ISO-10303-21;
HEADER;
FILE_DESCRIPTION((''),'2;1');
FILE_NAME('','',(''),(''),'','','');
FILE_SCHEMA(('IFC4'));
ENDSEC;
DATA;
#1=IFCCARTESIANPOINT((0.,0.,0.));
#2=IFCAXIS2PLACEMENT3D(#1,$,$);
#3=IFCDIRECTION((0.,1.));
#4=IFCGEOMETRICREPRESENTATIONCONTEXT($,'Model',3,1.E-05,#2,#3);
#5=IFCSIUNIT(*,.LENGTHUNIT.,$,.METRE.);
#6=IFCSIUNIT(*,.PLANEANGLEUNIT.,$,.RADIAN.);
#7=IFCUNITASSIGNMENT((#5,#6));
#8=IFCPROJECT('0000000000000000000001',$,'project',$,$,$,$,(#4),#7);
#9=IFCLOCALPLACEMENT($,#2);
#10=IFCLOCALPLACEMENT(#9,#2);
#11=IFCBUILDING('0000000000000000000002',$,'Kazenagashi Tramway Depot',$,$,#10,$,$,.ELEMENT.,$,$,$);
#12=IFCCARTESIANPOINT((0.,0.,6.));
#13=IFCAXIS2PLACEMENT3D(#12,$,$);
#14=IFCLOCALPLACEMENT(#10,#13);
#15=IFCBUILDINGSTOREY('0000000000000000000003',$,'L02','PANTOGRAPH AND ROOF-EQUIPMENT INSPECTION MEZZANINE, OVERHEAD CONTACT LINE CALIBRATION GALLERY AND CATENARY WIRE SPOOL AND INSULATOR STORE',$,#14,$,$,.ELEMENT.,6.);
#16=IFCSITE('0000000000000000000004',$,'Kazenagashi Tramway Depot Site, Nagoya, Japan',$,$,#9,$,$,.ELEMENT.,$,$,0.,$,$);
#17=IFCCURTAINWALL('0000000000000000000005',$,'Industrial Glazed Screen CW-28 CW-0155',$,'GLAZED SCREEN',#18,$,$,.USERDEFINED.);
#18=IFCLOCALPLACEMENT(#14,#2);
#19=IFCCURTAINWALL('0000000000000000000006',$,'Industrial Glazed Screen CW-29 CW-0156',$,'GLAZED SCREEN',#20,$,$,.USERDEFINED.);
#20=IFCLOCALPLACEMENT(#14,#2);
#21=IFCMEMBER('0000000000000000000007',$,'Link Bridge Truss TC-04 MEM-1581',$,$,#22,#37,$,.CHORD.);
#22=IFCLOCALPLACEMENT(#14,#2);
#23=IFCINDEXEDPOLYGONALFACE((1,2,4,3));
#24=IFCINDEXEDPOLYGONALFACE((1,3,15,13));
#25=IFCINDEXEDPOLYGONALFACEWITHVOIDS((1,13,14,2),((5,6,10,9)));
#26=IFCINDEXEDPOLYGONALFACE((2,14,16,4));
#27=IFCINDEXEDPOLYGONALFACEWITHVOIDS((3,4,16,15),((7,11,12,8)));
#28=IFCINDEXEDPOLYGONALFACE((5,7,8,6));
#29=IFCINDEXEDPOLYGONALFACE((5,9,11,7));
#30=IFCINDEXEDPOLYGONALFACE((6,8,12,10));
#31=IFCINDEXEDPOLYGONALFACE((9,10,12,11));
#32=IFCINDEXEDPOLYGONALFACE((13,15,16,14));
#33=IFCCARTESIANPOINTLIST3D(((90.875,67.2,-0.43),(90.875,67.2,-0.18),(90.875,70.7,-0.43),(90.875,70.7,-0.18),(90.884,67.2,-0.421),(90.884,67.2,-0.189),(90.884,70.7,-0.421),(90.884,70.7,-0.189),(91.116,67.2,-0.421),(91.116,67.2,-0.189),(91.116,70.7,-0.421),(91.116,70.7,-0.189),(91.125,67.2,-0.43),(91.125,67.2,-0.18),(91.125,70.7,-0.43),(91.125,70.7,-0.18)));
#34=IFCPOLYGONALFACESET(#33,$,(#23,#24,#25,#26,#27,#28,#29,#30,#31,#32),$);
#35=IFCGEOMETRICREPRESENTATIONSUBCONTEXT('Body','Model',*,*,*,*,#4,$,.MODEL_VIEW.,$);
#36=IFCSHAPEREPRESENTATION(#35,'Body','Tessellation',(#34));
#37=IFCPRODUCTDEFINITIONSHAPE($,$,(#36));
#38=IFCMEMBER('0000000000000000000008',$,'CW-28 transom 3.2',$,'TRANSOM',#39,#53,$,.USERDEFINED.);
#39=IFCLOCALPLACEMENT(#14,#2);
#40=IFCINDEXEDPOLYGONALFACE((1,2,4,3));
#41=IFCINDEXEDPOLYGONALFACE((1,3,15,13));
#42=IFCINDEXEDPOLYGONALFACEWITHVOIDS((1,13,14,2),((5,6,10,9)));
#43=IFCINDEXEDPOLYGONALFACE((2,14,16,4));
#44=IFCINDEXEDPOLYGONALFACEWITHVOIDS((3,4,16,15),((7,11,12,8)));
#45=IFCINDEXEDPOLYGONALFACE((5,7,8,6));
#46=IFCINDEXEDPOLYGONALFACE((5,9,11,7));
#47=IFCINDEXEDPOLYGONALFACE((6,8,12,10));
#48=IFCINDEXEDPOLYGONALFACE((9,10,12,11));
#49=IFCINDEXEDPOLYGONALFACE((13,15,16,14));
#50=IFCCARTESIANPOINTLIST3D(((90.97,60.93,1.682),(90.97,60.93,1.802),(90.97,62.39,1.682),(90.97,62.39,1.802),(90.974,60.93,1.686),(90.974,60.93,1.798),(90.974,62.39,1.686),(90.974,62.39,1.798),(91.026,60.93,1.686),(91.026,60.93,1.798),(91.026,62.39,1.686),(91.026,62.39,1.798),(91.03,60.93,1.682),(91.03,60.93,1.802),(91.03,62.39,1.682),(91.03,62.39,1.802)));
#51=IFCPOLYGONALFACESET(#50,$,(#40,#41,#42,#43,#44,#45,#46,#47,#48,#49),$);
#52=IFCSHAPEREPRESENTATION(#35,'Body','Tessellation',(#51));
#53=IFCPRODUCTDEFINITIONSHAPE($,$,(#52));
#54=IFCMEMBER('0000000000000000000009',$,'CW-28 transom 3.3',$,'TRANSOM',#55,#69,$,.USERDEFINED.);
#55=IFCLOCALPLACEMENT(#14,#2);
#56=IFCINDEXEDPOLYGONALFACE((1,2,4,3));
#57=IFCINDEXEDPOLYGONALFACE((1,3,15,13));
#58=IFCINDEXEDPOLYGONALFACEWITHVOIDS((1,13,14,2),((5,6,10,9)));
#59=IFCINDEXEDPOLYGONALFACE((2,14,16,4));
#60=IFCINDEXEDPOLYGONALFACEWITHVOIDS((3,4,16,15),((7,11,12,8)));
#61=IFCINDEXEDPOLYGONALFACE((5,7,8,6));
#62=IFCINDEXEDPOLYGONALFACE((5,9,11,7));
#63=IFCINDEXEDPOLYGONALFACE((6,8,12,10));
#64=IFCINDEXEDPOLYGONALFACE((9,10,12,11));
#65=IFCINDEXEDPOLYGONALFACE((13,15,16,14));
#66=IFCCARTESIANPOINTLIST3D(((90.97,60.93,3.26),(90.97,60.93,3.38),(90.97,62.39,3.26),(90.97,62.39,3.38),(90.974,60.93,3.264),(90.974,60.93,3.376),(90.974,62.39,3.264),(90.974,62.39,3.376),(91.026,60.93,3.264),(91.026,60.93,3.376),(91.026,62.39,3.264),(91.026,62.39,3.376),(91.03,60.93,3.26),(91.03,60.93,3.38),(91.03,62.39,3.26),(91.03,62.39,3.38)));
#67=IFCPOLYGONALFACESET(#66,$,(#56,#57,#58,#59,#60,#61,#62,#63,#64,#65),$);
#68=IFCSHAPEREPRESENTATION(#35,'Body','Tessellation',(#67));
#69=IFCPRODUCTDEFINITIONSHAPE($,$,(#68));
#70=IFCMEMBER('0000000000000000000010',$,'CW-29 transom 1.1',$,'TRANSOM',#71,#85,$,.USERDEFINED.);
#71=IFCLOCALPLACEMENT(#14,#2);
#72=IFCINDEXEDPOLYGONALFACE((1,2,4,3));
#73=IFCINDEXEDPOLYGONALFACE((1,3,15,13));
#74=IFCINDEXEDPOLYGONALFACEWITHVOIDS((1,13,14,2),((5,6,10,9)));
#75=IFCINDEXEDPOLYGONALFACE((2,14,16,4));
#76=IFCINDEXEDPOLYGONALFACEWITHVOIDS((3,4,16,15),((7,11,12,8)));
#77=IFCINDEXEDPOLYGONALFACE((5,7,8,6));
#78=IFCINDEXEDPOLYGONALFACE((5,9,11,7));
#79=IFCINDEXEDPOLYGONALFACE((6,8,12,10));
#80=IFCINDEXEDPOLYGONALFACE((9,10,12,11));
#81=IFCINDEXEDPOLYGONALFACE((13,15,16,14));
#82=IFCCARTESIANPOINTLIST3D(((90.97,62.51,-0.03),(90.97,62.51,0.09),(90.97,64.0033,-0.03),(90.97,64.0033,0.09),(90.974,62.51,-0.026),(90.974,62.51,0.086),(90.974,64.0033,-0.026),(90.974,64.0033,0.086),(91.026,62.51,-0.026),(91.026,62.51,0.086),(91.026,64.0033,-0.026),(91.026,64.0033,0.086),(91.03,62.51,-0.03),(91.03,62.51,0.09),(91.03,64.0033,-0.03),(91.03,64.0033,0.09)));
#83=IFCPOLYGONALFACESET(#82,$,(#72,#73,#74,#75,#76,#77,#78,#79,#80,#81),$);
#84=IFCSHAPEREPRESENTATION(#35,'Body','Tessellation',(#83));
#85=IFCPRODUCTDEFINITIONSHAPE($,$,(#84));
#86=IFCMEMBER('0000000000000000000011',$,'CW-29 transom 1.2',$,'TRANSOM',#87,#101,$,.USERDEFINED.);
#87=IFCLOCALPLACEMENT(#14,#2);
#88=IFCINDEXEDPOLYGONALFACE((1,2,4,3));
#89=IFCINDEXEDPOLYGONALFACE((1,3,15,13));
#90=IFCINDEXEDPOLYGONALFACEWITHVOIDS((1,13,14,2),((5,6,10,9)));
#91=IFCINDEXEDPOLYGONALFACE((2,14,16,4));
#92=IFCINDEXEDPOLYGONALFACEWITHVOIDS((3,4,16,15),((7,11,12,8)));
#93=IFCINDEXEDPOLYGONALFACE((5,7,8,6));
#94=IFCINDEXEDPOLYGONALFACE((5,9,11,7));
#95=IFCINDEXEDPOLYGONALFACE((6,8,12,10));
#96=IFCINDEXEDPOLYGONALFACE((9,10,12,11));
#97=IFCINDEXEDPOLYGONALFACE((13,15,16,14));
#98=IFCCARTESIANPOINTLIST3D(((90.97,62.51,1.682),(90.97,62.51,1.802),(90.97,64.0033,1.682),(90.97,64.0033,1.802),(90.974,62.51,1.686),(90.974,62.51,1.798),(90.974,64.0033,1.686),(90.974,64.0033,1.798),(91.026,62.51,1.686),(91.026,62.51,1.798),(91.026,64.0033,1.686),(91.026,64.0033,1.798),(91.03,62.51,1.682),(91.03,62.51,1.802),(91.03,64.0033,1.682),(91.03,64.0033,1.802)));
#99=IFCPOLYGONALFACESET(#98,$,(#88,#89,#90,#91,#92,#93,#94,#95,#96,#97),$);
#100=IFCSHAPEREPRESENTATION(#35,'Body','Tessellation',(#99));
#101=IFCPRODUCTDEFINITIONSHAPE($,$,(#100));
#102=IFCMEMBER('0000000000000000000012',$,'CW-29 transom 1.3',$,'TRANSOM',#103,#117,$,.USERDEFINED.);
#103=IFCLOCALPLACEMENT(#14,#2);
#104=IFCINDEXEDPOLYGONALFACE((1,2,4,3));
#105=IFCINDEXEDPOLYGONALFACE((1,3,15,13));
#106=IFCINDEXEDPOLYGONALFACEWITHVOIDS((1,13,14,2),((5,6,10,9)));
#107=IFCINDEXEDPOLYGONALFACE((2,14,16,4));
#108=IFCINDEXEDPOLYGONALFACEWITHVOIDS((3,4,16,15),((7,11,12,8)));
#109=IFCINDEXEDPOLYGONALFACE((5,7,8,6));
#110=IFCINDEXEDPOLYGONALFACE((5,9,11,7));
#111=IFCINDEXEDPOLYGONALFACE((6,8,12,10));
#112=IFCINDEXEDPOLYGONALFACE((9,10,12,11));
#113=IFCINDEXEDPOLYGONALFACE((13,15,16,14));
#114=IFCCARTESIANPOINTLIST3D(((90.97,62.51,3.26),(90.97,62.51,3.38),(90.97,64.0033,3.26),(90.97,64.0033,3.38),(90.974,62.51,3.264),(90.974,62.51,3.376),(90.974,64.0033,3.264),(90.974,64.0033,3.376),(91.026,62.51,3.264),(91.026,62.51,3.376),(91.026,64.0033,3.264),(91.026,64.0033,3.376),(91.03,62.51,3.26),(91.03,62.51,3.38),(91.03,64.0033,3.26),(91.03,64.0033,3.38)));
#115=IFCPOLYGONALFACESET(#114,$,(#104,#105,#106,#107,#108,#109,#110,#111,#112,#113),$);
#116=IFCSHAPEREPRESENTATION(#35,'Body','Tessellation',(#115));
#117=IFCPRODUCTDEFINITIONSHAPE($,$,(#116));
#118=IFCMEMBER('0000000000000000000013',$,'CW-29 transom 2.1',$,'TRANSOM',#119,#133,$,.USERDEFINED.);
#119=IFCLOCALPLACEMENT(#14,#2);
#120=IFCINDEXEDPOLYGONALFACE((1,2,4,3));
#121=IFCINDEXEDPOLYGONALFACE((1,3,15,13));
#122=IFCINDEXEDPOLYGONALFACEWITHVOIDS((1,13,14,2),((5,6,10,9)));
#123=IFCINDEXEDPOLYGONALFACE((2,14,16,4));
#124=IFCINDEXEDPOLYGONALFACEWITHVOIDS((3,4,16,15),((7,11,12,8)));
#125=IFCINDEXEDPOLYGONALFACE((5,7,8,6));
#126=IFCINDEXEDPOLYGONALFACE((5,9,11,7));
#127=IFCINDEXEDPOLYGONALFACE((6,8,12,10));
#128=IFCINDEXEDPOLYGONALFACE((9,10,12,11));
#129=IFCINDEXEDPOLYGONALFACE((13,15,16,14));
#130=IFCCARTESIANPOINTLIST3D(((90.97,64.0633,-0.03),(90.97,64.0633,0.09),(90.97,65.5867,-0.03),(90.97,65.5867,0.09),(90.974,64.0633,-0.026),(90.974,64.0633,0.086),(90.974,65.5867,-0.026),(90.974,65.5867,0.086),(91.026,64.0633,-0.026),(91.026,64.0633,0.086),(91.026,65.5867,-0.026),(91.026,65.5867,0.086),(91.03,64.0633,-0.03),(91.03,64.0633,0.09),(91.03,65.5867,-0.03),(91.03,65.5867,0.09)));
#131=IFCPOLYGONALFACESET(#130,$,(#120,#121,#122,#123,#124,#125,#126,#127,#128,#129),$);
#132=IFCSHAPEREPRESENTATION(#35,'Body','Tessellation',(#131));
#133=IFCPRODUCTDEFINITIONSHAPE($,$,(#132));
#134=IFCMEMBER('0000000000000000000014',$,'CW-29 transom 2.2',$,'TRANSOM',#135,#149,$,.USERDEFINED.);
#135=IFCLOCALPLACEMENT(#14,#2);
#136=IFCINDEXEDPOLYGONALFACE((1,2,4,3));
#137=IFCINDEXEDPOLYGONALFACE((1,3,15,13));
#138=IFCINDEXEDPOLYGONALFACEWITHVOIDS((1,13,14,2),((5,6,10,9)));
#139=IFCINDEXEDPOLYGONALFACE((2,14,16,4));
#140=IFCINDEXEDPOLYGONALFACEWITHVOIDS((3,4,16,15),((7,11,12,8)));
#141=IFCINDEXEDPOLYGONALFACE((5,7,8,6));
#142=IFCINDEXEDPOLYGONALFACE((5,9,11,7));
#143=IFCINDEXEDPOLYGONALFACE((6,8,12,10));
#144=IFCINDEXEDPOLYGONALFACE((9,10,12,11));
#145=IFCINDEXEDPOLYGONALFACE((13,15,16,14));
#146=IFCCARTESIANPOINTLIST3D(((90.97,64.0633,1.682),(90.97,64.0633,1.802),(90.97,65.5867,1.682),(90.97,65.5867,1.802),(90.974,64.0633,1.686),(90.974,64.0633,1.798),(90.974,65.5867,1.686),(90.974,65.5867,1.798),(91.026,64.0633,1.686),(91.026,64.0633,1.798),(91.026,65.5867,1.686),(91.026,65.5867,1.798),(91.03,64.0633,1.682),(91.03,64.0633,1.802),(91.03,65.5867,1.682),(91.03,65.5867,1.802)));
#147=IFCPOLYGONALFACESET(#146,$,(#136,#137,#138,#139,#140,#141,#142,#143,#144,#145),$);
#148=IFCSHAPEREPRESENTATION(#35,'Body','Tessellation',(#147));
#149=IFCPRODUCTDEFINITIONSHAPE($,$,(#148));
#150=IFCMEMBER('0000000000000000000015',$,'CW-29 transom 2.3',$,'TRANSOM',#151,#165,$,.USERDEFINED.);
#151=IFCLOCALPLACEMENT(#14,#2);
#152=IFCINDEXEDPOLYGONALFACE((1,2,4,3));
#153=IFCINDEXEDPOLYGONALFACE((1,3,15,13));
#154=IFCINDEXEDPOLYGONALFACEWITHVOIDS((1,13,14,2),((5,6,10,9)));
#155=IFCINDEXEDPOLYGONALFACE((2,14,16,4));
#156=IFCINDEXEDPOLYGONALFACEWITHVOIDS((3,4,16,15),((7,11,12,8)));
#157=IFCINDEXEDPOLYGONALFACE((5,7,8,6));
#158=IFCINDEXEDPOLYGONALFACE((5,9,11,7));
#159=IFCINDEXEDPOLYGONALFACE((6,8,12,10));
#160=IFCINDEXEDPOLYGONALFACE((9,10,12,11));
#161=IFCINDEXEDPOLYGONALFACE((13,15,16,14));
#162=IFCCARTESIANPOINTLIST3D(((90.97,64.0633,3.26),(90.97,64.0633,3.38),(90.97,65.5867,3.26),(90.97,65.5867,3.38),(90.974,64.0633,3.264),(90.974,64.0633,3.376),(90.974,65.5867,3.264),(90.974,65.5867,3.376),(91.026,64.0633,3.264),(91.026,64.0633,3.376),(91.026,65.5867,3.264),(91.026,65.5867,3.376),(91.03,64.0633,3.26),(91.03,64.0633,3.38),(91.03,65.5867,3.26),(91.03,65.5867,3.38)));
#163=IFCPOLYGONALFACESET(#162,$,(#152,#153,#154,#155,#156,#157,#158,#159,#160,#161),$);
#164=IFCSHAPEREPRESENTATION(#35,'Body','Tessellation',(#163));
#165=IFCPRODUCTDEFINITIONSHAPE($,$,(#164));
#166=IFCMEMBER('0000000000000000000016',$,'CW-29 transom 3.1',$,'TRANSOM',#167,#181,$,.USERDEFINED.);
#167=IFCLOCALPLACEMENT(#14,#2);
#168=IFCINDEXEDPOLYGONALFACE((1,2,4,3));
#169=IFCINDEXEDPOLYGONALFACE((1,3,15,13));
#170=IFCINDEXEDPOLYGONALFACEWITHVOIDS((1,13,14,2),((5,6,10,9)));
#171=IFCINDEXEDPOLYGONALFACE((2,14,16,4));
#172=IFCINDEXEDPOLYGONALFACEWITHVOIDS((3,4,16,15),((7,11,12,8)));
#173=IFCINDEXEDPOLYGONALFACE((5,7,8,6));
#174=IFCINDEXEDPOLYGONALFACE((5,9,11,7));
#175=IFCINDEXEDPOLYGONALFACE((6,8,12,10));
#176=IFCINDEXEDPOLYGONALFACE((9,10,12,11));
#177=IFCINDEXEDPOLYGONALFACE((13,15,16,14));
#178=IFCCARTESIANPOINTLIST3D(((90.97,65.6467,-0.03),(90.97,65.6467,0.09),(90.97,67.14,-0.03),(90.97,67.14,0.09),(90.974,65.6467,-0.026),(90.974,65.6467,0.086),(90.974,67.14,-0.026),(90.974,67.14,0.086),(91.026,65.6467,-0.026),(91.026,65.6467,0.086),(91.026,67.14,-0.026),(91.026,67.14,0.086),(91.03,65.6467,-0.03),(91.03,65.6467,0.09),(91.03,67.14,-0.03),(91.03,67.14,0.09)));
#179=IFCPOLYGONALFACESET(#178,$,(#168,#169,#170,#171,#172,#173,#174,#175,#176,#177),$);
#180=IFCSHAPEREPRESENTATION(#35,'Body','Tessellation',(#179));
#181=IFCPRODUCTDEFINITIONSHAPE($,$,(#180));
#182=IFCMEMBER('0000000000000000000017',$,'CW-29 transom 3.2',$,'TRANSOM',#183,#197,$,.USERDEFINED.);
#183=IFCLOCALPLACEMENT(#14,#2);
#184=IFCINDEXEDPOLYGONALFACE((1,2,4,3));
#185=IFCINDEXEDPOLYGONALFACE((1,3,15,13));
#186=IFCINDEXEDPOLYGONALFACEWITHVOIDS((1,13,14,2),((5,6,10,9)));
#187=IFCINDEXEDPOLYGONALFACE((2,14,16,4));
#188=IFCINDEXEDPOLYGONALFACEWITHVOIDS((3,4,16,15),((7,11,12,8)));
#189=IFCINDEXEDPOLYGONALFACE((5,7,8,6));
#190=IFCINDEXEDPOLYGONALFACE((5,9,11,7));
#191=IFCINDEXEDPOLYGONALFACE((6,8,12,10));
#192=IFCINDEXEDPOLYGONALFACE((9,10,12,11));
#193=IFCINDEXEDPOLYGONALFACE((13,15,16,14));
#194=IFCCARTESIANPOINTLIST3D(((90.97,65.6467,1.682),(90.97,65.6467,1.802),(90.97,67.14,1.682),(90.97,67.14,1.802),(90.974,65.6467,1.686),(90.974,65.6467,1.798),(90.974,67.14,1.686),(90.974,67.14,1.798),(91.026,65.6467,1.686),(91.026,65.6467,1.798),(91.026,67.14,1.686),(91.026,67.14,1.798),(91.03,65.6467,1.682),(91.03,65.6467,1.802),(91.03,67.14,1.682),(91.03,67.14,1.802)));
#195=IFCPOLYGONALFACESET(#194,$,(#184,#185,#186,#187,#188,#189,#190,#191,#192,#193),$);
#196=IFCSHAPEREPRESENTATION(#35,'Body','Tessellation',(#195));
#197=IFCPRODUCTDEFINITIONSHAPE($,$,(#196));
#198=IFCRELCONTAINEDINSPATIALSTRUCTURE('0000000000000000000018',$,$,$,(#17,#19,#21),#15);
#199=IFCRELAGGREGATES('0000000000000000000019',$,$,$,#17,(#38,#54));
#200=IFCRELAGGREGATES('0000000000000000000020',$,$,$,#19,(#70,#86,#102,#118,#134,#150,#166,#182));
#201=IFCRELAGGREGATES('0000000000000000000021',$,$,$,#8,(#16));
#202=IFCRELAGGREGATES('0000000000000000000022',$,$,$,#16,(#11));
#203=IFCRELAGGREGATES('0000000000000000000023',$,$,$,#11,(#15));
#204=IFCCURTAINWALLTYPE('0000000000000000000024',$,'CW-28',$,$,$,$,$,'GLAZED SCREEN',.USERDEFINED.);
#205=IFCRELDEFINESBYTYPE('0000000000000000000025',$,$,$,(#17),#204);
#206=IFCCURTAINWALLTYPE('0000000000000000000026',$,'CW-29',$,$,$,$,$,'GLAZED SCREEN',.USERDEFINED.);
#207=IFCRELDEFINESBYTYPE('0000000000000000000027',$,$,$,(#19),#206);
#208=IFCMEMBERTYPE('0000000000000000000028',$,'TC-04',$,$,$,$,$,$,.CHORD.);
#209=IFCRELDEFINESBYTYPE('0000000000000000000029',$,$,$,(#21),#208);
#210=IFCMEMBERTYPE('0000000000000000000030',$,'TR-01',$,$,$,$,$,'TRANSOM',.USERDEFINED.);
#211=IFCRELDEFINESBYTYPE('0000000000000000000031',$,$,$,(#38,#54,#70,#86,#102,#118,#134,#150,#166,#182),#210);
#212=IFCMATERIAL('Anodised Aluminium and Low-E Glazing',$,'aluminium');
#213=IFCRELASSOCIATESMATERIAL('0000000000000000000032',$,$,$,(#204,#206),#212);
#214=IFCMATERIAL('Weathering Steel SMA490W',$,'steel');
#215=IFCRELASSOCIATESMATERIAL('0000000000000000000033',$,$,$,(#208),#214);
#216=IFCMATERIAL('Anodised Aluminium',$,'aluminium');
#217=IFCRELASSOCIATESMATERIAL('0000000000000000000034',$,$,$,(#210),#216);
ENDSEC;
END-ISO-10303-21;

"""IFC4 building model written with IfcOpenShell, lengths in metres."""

from ifc_helpers import new_model, si_unit, direction, frame, origin, origin_2d, place, context, subcontext, project, spatial, hollow_rectangle, extrude, material, material_profile, profile_set, type_object, element, aggregate, save


model = new_model("IFC4")

# Units and contexts
model_context = context("Model", 3, precision=1e-05, world=origin(), true_north=direction((0.0, 1.0)))
body_context = subcontext(model_context, "Body", "Model", "MODEL_VIEW")
ifc_project = project(units=[si_unit("LENGTHUNIT", "METRE"), si_unit("PLANEANGLEUNIT", "RADIAN")], contexts=[model_context])

# Site, building, storey
site_placement = place(None, origin())
site = spatial("IfcSite", under=ifc_project, at=site_placement, Name="Kazenagashi Tramway Depot Site, Nagoya, Japan", CompositionType="ELEMENT", RefElevation=0.0)
building_placement = place(site_placement, origin())
building = spatial("IfcBuilding", under=site, at=building_placement, Name="Kazenagashi Tramway Depot", CompositionType="ELEMENT")
storey_placement = place(building_placement, frame((0.0, 0.0, 6.0)))
storey = spatial("IfcBuildingStorey", under=building, at=storey_placement, Name="L02", Description="PANTOGRAPH AND ROOF-EQUIPMENT INSPECTION MEZZANINE, OVERHEAD CONTACT LINE CALIBRATION GALLERY AND CATENARY WIRE SPOOL AND INSULATOR STORE", CompositionType="ELEMENT", Elevation=6.0)

# Shared definitions
ifc_material_1 = material(Name="Weathering Steel SMA490W", Category="steel")

# Curtain wall
ifc_material_2 = material(Name="Anodised Aluminium and Low-E Glazing", Category="aluminium")
curtain_wall_type_1 = type_object("IfcCurtainWallType", Name="CW-28", ElementType="GLAZED SCREEN", PredefinedType="USERDEFINED", material=ifc_material_2)
curtain_wall_1_placement = place(storey_placement, origin())
curtain_wall_1 = element("IfcCurtainWall", 1, at=curtain_wall_1_placement, inside=storey, type_object=curtain_wall_type_1, Name="Industrial Glazed Screen CW-28 CW-0155", ObjectType="GLAZED SCREEN", PredefinedType="USERDEFINED")
ifc_material_3 = material(Name="Anodised Aluminium", Category="aluminium")

# Curtain wall
curtain_wall_type_2 = type_object("IfcCurtainWallType", Name="CW-29", ElementType="GLAZED SCREEN", PredefinedType="USERDEFINED", material=ifc_material_2)
curtain_wall_2_placement = place(storey_placement, origin())
curtain_wall_2 = element("IfcCurtainWall", 2, at=curtain_wall_2_placement, inside=storey, type_object=curtain_wall_type_2, Name="Industrial Glazed Screen CW-29 CW-0156", ObjectType="GLAZED SCREEN", PredefinedType="USERDEFINED")

# Member
ifc_material_profile_1 = material_profile(ifc_material_1, hollow_rectangle(XDim=0.25, YDim=0.25, WallThickness=0.009, at=origin_2d()), Name="SHS-250x250x9")
ifc_profile_set_1 = profile_set([ifc_material_profile_1], Name="Weathering Steel SMA490W")
member_type_1 = type_object("IfcMemberType", Name="TC-04", PredefinedType="CHORD", material=ifc_profile_set_1)
member_1_placement = place(storey_placement, frame((91.0, 67.2, -0.305), z_axis=(0.0, 1.0, 0.0), x_axis=(-1.0, 0.0, 0.0)))
element("IfcMember", 3, at=member_1_placement, inside=storey, type_object=member_type_1, Name="Link Bridge Truss TC-04 MEM-1581", PredefinedType="CHORD", context=body_context, shape_type="SweptSolid", body=[
    extrude(hollow_rectangle(XDim=0.25, YDim=0.25, WallThickness=0.009, at=origin_2d()), origin(), (0.0, 0.0, 1.0), 3.5),
])

# Members
ifc_material_profile_2 = material_profile(ifc_material_3, hollow_rectangle(XDim=0.06, YDim=0.12, WallThickness=0.004, at=origin_2d()), Name="RHS-120x60x4")
ifc_profile_set_2 = profile_set([ifc_material_profile_2], Name="Anodised Aluminium")
member_type_2 = type_object("IfcMemberType", Name="TR-01", ElementType="TRANSOM", PredefinedType="USERDEFINED", material=ifc_profile_set_2)
member_2_placement = place(storey_placement, frame((91.0, 60.93, 1.742), z_axis=(0.0, 1.0, 0.0), x_axis=(-1.0, 0.0, 0.0)))
member_2 = element("IfcMember", 4, at=member_2_placement, type_object=member_type_2, Name="CW-28 transom 3.2", ObjectType="TRANSOM", PredefinedType="USERDEFINED", context=body_context, shape_type="SweptSolid", body=[
    extrude(hollow_rectangle(XDim=0.06, YDim=0.12, WallThickness=0.004, at=origin_2d()), origin(), (0.0, 0.0, 1.0), 1.46),
])
member_3_placement = place(storey_placement, frame((91.0, 60.93, 3.32), z_axis=(0.0, 1.0, 0.0), x_axis=(-1.0, 0.0, 0.0)))
member_3 = element("IfcMember", 5, at=member_3_placement, type_object=member_type_2, Name="CW-28 transom 3.3", ObjectType="TRANSOM", PredefinedType="USERDEFINED", context=body_context, shape_type="SweptSolid", body=[
    extrude(hollow_rectangle(XDim=0.06, YDim=0.12, WallThickness=0.004, at=origin_2d()), origin(), (0.0, 0.0, 1.0), 1.46),
])
member_4_placement = place(storey_placement, frame((91.0, 62.51, 0.03), z_axis=(0.0, 1.0, 0.0), x_axis=(-1.0, 0.0, 0.0)))
member_4 = element("IfcMember", 6, at=member_4_placement, type_object=member_type_2, Name="CW-29 transom 1.1", ObjectType="TRANSOM", PredefinedType="USERDEFINED", context=body_context, shape_type="SweptSolid", body=[
    extrude(hollow_rectangle(XDim=0.06, YDim=0.12, WallThickness=0.004, at=origin_2d()), origin(), (0.0, 0.0, 1.0), 1.4933),
])
member_5_placement = place(storey_placement, frame((91.0, 62.51, 1.742), z_axis=(0.0, 1.0, 0.0), x_axis=(-1.0, 0.0, 0.0)))
member_5 = element("IfcMember", 7, at=member_5_placement, type_object=member_type_2, Name="CW-29 transom 1.2", ObjectType="TRANSOM", PredefinedType="USERDEFINED", context=body_context, shape_type="SweptSolid", body=[
    extrude(hollow_rectangle(XDim=0.06, YDim=0.12, WallThickness=0.004, at=origin_2d()), origin(), (0.0, 0.0, 1.0), 1.4933),
])
member_6_placement = place(storey_placement, frame((91.0, 62.51, 3.32), z_axis=(0.0, 1.0, 0.0), x_axis=(-1.0, 0.0, 0.0)))
member_6 = element("IfcMember", 8, at=member_6_placement, type_object=member_type_2, Name="CW-29 transom 1.3", ObjectType="TRANSOM", PredefinedType="USERDEFINED", context=body_context, shape_type="SweptSolid", body=[
    extrude(hollow_rectangle(XDim=0.06, YDim=0.12, WallThickness=0.004, at=origin_2d()), origin(), (0.0, 0.0, 1.0), 1.4933),
])
member_7_placement = place(storey_placement, frame((91.0, 64.0633, 0.03), z_axis=(0.0, 1.0, 0.0), x_axis=(-1.0, 0.0, 0.0)))
member_7 = element("IfcMember", 9, at=member_7_placement, type_object=member_type_2, Name="CW-29 transom 2.1", ObjectType="TRANSOM", PredefinedType="USERDEFINED", context=body_context, shape_type="SweptSolid", body=[
    extrude(hollow_rectangle(XDim=0.06, YDim=0.12, WallThickness=0.004, at=origin_2d()), origin(), (0.0, 0.0, 1.0), 1.5233),
])
member_8_placement = place(storey_placement, frame((91.0, 64.0633, 1.742), z_axis=(0.0, 1.0, 0.0), x_axis=(-1.0, 0.0, 0.0)))
member_8 = element("IfcMember", 10, at=member_8_placement, type_object=member_type_2, Name="CW-29 transom 2.2", ObjectType="TRANSOM", PredefinedType="USERDEFINED", context=body_context, shape_type="SweptSolid", body=[
    extrude(hollow_rectangle(XDim=0.06, YDim=0.12, WallThickness=0.004, at=origin_2d()), origin(), (0.0, 0.0, 1.0), 1.5233),
])
member_9_placement = place(storey_placement, frame((91.0, 64.0633, 3.32), z_axis=(0.0, 1.0, 0.0), x_axis=(-1.0, 0.0, 0.0)))
member_9 = element("IfcMember", 11, at=member_9_placement, type_object=member_type_2, Name="CW-29 transom 2.3", ObjectType="TRANSOM", PredefinedType="USERDEFINED", context=body_context, shape_type="SweptSolid", body=[
    extrude(hollow_rectangle(XDim=0.06, YDim=0.12, WallThickness=0.004, at=origin_2d()), origin(), (0.0, 0.0, 1.0), 1.5233),
])
member_10_placement = place(storey_placement, frame((91.0, 65.6467, 0.03), z_axis=(0.0, 1.0, 0.0), x_axis=(-1.0, 0.0, 0.0)))
member_10 = element("IfcMember", 12, at=member_10_placement, type_object=member_type_2, Name="CW-29 transom 3.1", ObjectType="TRANSOM", PredefinedType="USERDEFINED", context=body_context, shape_type="SweptSolid", body=[
    extrude(hollow_rectangle(XDim=0.06, YDim=0.12, WallThickness=0.004, at=origin_2d()), origin(), (0.0, 0.0, 1.0), 1.4933),
])
member_11_placement = place(storey_placement, frame((91.0, 65.6467, 1.742), z_axis=(0.0, 1.0, 0.0), x_axis=(-1.0, 0.0, 0.0)))
member_11 = element("IfcMember", 13, at=member_11_placement, type_object=member_type_2, Name="CW-29 transom 3.2", ObjectType="TRANSOM", PredefinedType="USERDEFINED", context=body_context, shape_type="SweptSolid", body=[
    extrude(hollow_rectangle(XDim=0.06, YDim=0.12, WallThickness=0.004, at=origin_2d()), origin(), (0.0, 0.0, 1.0), 1.4933),
])

aggregate(curtain_wall_1, [member_2, member_3])
aggregate(curtain_wall_2, [member_4, member_5, member_6, member_7, member_8, member_9, member_10, member_11])

save(model, "model.ifc")
